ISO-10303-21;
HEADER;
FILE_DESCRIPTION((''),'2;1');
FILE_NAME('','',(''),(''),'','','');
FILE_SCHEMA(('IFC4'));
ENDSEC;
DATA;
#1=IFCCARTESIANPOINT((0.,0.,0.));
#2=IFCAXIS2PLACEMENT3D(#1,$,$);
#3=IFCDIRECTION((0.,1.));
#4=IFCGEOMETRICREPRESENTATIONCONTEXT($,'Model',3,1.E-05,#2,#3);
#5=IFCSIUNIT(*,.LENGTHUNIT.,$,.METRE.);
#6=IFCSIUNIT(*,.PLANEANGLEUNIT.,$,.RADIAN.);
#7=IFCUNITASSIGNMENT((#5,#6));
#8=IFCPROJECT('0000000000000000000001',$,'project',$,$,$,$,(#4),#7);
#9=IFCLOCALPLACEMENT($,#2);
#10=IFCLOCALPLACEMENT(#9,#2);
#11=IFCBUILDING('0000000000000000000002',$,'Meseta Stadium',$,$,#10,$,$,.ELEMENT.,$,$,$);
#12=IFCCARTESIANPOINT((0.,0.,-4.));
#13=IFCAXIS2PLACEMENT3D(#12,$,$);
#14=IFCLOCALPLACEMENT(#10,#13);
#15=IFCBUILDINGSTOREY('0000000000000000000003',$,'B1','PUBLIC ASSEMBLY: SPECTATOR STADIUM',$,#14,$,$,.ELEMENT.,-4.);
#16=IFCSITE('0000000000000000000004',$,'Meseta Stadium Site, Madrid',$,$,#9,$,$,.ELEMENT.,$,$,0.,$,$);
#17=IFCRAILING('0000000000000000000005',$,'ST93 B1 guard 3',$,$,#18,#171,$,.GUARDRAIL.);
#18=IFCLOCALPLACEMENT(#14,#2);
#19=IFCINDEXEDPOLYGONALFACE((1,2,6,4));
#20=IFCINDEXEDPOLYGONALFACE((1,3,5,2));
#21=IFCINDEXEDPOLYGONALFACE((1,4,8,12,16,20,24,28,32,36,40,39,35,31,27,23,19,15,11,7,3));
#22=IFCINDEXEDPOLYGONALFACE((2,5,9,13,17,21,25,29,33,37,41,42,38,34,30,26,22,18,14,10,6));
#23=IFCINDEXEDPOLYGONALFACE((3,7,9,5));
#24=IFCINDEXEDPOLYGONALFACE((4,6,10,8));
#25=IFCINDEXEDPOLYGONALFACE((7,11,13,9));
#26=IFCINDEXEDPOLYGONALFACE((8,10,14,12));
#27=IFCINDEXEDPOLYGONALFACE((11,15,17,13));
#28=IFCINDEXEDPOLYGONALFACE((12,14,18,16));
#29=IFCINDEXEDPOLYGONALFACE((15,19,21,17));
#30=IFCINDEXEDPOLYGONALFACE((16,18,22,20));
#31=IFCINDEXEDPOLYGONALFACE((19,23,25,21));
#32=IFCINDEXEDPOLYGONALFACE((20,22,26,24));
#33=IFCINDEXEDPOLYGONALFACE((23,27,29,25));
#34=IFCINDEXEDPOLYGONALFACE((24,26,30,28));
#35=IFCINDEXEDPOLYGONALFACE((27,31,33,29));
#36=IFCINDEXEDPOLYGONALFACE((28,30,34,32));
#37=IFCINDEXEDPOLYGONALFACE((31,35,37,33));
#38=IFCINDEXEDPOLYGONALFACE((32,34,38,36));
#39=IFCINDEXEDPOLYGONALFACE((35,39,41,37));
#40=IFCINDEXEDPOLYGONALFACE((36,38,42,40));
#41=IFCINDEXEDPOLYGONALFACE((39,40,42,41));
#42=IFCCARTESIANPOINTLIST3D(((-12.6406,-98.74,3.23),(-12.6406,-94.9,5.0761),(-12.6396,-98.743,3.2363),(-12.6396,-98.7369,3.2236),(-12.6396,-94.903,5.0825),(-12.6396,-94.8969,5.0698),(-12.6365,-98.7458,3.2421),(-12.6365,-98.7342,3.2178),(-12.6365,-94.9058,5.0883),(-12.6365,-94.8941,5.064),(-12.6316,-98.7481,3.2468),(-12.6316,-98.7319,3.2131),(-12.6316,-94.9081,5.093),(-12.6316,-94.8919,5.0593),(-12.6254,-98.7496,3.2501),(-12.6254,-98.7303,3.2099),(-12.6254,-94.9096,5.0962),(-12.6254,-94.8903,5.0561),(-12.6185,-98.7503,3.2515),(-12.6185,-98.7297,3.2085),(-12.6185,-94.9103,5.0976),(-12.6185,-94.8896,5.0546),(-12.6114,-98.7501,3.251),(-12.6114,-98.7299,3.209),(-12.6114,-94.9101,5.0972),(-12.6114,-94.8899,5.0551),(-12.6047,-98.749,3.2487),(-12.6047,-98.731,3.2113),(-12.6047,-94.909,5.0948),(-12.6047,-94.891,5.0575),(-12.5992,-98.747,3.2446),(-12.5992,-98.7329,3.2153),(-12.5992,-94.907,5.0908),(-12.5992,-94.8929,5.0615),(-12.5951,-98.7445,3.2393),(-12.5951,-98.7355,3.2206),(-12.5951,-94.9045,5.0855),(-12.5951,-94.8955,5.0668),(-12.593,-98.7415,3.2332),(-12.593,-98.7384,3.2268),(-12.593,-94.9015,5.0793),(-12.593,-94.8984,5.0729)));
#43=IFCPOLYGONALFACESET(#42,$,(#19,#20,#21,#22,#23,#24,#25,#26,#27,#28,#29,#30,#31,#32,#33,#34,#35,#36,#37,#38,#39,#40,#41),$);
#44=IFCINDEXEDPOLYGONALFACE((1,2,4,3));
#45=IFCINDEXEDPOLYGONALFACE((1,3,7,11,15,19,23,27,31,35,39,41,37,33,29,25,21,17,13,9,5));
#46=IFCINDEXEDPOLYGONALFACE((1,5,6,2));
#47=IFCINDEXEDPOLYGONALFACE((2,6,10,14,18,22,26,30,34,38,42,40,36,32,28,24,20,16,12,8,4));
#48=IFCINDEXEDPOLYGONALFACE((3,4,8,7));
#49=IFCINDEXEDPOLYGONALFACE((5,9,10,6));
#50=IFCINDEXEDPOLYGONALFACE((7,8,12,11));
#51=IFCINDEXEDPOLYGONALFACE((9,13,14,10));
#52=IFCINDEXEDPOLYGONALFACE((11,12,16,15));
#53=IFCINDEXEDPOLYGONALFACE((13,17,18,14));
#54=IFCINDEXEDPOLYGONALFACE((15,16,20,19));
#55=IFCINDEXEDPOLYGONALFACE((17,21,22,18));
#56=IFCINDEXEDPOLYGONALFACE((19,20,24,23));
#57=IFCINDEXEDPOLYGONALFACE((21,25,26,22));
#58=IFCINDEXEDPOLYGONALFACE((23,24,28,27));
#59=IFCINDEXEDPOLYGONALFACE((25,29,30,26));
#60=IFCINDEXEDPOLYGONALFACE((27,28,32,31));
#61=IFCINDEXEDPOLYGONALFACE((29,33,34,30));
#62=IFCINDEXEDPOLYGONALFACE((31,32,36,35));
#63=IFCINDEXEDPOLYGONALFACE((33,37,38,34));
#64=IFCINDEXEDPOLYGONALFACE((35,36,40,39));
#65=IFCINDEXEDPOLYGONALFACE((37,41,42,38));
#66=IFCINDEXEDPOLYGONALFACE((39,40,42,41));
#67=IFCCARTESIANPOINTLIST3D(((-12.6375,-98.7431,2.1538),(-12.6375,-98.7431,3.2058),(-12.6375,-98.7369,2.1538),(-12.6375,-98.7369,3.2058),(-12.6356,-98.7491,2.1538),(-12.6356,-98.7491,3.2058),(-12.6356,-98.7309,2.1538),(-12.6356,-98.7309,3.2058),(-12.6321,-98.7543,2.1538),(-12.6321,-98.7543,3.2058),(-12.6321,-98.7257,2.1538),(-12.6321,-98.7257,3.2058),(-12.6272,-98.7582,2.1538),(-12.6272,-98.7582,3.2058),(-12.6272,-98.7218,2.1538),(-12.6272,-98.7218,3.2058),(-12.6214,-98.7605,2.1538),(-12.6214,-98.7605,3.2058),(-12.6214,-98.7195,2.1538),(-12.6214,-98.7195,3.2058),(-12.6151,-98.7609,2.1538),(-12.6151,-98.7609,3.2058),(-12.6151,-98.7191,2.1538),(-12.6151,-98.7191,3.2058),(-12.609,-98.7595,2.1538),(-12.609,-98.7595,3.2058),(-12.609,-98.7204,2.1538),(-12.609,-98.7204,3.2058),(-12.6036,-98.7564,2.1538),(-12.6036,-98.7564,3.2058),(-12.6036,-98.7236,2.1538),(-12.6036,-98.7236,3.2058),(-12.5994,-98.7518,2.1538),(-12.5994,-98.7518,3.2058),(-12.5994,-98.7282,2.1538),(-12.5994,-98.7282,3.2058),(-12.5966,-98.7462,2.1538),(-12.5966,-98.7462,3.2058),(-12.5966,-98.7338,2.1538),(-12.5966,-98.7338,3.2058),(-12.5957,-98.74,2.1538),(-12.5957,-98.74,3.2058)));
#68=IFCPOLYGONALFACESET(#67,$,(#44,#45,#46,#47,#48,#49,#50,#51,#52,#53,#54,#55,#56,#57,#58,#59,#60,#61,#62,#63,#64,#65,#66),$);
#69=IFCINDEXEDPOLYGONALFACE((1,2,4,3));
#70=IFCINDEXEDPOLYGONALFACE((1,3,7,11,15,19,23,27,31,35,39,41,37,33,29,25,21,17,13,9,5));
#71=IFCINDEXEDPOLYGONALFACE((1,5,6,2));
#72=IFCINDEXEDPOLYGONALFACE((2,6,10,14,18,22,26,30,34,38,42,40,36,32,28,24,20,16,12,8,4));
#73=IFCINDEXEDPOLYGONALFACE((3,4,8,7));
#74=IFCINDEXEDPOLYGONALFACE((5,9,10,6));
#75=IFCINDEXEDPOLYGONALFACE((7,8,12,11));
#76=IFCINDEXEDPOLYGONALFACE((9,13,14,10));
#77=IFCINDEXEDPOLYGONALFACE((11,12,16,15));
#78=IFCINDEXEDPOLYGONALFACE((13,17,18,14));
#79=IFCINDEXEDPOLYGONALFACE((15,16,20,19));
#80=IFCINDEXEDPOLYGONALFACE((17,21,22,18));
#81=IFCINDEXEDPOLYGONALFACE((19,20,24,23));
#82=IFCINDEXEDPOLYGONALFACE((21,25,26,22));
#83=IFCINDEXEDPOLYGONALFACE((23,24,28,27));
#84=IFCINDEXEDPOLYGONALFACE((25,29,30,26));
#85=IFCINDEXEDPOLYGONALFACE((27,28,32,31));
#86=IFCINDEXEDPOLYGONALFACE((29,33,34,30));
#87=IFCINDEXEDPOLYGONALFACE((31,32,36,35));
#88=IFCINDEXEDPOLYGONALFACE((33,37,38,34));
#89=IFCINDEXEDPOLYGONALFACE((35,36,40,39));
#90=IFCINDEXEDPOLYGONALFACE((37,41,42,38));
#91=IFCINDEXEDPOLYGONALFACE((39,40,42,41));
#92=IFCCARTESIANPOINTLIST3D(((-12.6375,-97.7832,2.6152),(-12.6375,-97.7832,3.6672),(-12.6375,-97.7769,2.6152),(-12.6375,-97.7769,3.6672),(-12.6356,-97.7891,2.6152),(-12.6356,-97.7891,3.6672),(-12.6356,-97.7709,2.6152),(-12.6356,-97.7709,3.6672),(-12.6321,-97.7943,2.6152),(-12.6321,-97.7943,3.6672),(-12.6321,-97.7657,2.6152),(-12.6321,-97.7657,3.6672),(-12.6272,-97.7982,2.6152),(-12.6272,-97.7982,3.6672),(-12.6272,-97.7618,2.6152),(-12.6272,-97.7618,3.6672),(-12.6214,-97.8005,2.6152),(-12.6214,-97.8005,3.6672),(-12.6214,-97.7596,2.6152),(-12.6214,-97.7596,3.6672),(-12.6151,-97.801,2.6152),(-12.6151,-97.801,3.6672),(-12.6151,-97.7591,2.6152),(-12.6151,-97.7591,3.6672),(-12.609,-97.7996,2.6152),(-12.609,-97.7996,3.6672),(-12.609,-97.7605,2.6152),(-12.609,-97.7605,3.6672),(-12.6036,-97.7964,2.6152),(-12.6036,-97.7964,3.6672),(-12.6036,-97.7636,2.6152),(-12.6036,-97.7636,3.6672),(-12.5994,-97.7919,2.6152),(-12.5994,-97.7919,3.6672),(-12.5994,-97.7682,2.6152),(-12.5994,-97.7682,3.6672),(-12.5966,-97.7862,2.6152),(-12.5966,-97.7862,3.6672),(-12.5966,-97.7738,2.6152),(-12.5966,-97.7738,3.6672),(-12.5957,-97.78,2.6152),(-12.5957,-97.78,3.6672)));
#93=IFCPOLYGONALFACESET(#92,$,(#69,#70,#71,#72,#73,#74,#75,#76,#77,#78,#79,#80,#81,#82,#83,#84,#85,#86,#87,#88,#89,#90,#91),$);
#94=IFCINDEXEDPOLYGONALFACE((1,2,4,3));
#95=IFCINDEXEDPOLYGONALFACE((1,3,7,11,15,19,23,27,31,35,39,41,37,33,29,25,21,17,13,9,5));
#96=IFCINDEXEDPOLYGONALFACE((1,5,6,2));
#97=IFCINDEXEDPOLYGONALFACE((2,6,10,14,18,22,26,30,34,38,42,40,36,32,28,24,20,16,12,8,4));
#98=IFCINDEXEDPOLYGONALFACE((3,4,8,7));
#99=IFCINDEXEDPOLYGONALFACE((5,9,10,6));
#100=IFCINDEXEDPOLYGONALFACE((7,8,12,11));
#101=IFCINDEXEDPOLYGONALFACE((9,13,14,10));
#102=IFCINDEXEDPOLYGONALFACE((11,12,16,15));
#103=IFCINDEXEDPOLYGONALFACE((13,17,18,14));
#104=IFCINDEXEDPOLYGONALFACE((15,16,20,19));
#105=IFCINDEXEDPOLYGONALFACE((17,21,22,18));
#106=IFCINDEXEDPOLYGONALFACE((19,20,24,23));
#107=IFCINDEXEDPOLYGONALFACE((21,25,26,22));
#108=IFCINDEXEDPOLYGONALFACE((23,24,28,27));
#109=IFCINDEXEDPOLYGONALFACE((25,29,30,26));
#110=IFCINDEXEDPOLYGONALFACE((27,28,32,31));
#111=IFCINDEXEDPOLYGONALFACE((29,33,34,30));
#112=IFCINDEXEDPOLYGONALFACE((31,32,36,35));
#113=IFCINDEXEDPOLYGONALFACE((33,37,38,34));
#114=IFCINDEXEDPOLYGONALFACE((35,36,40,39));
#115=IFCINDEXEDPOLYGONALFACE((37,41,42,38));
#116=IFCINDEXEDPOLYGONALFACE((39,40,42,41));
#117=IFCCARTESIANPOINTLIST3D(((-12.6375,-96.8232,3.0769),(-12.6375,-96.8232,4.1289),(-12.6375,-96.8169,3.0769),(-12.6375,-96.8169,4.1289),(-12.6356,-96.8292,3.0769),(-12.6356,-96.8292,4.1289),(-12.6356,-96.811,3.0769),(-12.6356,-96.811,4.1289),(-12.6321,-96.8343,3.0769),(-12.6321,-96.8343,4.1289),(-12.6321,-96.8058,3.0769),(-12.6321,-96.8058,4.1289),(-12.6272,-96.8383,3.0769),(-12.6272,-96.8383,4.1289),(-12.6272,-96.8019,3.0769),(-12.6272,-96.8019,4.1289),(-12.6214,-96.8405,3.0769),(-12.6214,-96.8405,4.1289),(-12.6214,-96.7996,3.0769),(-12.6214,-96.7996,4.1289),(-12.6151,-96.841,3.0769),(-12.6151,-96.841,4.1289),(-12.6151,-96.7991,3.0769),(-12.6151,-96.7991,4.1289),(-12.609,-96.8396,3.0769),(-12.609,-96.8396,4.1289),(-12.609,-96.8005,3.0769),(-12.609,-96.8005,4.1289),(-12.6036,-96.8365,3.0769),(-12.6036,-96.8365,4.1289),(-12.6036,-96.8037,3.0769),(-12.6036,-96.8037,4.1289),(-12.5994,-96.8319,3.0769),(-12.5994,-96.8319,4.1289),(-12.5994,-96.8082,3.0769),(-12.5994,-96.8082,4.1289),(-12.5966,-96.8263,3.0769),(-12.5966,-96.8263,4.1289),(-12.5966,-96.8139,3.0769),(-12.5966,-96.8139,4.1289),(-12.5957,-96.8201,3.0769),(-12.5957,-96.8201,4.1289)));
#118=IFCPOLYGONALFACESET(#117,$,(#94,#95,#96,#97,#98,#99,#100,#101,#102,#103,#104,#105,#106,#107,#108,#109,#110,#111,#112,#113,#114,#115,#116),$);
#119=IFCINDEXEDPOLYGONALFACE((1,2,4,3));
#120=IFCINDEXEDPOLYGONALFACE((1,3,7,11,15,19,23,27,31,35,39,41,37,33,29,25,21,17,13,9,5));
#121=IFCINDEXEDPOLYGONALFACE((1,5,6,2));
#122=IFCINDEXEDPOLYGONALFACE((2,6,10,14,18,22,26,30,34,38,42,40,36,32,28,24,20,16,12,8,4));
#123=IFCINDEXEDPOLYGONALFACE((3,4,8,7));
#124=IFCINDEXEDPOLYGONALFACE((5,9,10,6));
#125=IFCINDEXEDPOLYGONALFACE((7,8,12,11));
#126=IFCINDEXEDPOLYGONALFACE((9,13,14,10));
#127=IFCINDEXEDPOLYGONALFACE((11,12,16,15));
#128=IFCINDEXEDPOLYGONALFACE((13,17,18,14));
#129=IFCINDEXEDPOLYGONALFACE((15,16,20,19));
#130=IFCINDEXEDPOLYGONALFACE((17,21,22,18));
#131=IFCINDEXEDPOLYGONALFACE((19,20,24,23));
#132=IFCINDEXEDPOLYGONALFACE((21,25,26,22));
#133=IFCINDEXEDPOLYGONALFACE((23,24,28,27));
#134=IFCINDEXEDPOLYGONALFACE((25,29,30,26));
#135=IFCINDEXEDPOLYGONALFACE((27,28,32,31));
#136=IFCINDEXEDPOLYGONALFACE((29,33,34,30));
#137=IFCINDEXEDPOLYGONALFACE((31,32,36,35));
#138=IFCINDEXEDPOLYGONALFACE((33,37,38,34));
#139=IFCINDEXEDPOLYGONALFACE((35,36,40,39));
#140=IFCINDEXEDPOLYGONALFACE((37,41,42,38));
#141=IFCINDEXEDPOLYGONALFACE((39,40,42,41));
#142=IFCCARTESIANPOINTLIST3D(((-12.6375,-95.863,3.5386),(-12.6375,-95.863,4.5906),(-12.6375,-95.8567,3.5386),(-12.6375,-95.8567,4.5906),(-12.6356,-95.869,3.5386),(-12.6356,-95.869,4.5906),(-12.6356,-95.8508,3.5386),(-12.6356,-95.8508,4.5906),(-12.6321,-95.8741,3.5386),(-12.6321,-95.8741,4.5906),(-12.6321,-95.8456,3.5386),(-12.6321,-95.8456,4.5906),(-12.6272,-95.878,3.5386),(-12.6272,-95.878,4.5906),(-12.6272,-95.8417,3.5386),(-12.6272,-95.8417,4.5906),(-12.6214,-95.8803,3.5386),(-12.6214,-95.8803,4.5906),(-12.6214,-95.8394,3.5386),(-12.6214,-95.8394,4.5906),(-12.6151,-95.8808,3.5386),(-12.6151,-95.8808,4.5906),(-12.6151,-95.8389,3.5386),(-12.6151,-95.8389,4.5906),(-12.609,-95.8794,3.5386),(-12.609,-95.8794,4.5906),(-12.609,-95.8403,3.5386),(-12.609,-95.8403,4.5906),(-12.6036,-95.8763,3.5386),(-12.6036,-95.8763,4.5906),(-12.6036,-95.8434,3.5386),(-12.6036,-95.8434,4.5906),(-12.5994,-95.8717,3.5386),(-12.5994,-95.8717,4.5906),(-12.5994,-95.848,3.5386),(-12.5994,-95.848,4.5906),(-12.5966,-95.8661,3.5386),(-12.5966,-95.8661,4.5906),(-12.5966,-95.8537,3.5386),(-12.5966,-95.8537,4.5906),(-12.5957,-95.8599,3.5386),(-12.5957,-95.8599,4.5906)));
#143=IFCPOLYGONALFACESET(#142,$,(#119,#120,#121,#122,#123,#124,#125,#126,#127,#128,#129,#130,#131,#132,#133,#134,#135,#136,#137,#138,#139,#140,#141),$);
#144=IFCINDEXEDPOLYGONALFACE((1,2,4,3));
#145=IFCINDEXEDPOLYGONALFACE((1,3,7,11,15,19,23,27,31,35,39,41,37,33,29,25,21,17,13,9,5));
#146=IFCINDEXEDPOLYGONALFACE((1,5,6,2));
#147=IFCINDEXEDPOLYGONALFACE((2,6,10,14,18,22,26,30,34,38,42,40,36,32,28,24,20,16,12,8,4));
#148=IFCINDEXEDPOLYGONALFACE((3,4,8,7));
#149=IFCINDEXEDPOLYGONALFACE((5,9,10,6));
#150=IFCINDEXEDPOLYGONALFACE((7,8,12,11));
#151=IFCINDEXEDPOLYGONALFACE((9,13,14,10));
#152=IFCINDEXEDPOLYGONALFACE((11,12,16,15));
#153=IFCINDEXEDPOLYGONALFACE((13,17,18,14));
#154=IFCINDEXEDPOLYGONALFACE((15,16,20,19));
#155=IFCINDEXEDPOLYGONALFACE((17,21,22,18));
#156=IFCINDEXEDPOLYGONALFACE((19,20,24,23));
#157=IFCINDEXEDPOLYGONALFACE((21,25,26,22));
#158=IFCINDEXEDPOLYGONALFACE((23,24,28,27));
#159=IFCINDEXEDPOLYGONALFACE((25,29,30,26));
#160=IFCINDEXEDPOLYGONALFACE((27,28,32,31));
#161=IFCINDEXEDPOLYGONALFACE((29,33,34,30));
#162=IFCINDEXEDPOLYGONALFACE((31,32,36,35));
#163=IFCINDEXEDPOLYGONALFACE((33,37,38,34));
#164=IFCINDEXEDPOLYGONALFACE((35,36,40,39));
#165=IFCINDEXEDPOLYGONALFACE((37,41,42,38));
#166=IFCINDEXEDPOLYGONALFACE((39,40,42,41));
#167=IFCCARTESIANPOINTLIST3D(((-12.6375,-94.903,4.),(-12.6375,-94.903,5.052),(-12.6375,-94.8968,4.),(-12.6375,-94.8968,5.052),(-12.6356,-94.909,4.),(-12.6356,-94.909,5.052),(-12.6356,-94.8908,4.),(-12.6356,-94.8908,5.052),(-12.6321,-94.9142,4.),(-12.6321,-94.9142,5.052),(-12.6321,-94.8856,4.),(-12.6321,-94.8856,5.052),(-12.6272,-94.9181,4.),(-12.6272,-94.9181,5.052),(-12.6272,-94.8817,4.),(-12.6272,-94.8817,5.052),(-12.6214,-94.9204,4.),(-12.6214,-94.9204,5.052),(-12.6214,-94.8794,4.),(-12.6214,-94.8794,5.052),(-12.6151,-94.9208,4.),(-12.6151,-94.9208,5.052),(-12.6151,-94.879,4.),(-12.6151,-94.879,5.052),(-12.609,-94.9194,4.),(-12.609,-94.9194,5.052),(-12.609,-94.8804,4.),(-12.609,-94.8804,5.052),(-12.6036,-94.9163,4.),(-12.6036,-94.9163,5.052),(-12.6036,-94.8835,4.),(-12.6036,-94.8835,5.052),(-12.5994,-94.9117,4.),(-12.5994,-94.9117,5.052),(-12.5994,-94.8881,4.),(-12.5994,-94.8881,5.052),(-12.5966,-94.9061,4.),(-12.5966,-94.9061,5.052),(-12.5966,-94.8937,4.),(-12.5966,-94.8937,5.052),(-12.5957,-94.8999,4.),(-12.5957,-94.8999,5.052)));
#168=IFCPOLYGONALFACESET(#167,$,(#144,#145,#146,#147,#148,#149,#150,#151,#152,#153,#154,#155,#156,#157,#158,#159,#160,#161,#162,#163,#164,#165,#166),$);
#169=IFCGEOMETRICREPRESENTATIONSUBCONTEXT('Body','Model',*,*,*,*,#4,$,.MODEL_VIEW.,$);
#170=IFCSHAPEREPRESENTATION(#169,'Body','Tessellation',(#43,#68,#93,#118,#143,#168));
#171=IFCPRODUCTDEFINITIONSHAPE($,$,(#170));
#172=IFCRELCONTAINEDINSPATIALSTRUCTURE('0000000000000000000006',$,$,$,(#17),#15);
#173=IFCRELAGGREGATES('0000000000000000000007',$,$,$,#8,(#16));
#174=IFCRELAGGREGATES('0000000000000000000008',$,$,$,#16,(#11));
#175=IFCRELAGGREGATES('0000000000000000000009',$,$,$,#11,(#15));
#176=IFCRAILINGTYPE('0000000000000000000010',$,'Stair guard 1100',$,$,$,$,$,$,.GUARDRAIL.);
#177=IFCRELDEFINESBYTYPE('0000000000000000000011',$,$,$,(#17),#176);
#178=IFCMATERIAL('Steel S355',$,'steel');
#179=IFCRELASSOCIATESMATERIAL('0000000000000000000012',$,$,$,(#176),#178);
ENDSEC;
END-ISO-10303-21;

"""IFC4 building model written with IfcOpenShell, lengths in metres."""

from ifc_helpers import new_model, si_unit, direction, frame, origin, origin_2d, place, context, subcontext, project, spatial, circle, extrude, material, type_object, element, save


model = new_model("IFC4")

# Units and contexts
model_context = context("Model", 3, precision=1e-05, world=origin(), true_north=direction((0.0, 1.0)))
body_context = subcontext(model_context, "Body", "Model", "MODEL_VIEW")
ifc_project = project(units=[si_unit("LENGTHUNIT", "METRE"), si_unit("PLANEANGLEUNIT", "RADIAN")], contexts=[model_context])

# Site, building, storey
site_placement = place(None, origin())
site = spatial("IfcSite", under=ifc_project, at=site_placement, Name="Meseta Stadium Site, Madrid", CompositionType="ELEMENT", RefElevation=0.0)
building_placement = place(site_placement, origin())
building = spatial("IfcBuilding", under=site, at=building_placement, Name="Meseta Stadium", CompositionType="ELEMENT")
storey_placement = place(building_placement, frame((0.0, 0.0, -4.0)))
storey = spatial("IfcBuildingStorey", under=building, at=storey_placement, Name="B1", Description="PUBLIC ASSEMBLY: SPECTATOR STADIUM", CompositionType="ELEMENT", Elevation=-4.0)

# Railing
ifc_material_1 = material(Name="Steel S355", Category="steel")
railing_type_1 = type_object("IfcRailingType", Name="Stair guard 1100", PredefinedType="GUARDRAIL", material=ifc_material_1)
railing_1_placement = place(storey_placement, frame((-12.6167, -98.74, 2.1538)))
element("IfcRailing", 1, at=railing_1_placement, inside=storey, type_object=railing_type_1, Name="ST93 B1 guard 3", PredefinedType="GUARDRAIL", context=body_context, shape_type="SweptSolid", body=[
    extrude(circle(Radius=0.0239, at=origin_2d()), frame((0.0, 0.0, 1.0762), z_axis=(0.0, 0.901253, 0.433294), x_axis=(-1.0, 0.0, 0.0)), (0.0, 0.0, 1.0), 4.2607),
    extrude(circle(Radius=0.021, at=origin_2d()), origin(), (0.0, 0.0, 1.0), 1.052),
    extrude(circle(Radius=0.021, at=origin_2d()), frame((0.0, 0.96, 0.4614)), (0.0, 0.0, 1.0), 1.052),
    extrude(circle(Radius=0.021, at=origin_2d()), frame((0.0, 1.9199, 0.9231)), (0.0, 0.0, 1.0), 1.052),
    extrude(circle(Radius=0.021, at=origin_2d()), frame((0.0, 2.8801, 1.3848)), (0.0, 0.0, 1.0), 1.052),
    extrude(circle(Radius=0.021, at=origin_2d()), frame((0.0, 3.8401, 1.8462)), (0.0, 0.0, 1.0), 1.052),
])

save(model, "model.ifc")
